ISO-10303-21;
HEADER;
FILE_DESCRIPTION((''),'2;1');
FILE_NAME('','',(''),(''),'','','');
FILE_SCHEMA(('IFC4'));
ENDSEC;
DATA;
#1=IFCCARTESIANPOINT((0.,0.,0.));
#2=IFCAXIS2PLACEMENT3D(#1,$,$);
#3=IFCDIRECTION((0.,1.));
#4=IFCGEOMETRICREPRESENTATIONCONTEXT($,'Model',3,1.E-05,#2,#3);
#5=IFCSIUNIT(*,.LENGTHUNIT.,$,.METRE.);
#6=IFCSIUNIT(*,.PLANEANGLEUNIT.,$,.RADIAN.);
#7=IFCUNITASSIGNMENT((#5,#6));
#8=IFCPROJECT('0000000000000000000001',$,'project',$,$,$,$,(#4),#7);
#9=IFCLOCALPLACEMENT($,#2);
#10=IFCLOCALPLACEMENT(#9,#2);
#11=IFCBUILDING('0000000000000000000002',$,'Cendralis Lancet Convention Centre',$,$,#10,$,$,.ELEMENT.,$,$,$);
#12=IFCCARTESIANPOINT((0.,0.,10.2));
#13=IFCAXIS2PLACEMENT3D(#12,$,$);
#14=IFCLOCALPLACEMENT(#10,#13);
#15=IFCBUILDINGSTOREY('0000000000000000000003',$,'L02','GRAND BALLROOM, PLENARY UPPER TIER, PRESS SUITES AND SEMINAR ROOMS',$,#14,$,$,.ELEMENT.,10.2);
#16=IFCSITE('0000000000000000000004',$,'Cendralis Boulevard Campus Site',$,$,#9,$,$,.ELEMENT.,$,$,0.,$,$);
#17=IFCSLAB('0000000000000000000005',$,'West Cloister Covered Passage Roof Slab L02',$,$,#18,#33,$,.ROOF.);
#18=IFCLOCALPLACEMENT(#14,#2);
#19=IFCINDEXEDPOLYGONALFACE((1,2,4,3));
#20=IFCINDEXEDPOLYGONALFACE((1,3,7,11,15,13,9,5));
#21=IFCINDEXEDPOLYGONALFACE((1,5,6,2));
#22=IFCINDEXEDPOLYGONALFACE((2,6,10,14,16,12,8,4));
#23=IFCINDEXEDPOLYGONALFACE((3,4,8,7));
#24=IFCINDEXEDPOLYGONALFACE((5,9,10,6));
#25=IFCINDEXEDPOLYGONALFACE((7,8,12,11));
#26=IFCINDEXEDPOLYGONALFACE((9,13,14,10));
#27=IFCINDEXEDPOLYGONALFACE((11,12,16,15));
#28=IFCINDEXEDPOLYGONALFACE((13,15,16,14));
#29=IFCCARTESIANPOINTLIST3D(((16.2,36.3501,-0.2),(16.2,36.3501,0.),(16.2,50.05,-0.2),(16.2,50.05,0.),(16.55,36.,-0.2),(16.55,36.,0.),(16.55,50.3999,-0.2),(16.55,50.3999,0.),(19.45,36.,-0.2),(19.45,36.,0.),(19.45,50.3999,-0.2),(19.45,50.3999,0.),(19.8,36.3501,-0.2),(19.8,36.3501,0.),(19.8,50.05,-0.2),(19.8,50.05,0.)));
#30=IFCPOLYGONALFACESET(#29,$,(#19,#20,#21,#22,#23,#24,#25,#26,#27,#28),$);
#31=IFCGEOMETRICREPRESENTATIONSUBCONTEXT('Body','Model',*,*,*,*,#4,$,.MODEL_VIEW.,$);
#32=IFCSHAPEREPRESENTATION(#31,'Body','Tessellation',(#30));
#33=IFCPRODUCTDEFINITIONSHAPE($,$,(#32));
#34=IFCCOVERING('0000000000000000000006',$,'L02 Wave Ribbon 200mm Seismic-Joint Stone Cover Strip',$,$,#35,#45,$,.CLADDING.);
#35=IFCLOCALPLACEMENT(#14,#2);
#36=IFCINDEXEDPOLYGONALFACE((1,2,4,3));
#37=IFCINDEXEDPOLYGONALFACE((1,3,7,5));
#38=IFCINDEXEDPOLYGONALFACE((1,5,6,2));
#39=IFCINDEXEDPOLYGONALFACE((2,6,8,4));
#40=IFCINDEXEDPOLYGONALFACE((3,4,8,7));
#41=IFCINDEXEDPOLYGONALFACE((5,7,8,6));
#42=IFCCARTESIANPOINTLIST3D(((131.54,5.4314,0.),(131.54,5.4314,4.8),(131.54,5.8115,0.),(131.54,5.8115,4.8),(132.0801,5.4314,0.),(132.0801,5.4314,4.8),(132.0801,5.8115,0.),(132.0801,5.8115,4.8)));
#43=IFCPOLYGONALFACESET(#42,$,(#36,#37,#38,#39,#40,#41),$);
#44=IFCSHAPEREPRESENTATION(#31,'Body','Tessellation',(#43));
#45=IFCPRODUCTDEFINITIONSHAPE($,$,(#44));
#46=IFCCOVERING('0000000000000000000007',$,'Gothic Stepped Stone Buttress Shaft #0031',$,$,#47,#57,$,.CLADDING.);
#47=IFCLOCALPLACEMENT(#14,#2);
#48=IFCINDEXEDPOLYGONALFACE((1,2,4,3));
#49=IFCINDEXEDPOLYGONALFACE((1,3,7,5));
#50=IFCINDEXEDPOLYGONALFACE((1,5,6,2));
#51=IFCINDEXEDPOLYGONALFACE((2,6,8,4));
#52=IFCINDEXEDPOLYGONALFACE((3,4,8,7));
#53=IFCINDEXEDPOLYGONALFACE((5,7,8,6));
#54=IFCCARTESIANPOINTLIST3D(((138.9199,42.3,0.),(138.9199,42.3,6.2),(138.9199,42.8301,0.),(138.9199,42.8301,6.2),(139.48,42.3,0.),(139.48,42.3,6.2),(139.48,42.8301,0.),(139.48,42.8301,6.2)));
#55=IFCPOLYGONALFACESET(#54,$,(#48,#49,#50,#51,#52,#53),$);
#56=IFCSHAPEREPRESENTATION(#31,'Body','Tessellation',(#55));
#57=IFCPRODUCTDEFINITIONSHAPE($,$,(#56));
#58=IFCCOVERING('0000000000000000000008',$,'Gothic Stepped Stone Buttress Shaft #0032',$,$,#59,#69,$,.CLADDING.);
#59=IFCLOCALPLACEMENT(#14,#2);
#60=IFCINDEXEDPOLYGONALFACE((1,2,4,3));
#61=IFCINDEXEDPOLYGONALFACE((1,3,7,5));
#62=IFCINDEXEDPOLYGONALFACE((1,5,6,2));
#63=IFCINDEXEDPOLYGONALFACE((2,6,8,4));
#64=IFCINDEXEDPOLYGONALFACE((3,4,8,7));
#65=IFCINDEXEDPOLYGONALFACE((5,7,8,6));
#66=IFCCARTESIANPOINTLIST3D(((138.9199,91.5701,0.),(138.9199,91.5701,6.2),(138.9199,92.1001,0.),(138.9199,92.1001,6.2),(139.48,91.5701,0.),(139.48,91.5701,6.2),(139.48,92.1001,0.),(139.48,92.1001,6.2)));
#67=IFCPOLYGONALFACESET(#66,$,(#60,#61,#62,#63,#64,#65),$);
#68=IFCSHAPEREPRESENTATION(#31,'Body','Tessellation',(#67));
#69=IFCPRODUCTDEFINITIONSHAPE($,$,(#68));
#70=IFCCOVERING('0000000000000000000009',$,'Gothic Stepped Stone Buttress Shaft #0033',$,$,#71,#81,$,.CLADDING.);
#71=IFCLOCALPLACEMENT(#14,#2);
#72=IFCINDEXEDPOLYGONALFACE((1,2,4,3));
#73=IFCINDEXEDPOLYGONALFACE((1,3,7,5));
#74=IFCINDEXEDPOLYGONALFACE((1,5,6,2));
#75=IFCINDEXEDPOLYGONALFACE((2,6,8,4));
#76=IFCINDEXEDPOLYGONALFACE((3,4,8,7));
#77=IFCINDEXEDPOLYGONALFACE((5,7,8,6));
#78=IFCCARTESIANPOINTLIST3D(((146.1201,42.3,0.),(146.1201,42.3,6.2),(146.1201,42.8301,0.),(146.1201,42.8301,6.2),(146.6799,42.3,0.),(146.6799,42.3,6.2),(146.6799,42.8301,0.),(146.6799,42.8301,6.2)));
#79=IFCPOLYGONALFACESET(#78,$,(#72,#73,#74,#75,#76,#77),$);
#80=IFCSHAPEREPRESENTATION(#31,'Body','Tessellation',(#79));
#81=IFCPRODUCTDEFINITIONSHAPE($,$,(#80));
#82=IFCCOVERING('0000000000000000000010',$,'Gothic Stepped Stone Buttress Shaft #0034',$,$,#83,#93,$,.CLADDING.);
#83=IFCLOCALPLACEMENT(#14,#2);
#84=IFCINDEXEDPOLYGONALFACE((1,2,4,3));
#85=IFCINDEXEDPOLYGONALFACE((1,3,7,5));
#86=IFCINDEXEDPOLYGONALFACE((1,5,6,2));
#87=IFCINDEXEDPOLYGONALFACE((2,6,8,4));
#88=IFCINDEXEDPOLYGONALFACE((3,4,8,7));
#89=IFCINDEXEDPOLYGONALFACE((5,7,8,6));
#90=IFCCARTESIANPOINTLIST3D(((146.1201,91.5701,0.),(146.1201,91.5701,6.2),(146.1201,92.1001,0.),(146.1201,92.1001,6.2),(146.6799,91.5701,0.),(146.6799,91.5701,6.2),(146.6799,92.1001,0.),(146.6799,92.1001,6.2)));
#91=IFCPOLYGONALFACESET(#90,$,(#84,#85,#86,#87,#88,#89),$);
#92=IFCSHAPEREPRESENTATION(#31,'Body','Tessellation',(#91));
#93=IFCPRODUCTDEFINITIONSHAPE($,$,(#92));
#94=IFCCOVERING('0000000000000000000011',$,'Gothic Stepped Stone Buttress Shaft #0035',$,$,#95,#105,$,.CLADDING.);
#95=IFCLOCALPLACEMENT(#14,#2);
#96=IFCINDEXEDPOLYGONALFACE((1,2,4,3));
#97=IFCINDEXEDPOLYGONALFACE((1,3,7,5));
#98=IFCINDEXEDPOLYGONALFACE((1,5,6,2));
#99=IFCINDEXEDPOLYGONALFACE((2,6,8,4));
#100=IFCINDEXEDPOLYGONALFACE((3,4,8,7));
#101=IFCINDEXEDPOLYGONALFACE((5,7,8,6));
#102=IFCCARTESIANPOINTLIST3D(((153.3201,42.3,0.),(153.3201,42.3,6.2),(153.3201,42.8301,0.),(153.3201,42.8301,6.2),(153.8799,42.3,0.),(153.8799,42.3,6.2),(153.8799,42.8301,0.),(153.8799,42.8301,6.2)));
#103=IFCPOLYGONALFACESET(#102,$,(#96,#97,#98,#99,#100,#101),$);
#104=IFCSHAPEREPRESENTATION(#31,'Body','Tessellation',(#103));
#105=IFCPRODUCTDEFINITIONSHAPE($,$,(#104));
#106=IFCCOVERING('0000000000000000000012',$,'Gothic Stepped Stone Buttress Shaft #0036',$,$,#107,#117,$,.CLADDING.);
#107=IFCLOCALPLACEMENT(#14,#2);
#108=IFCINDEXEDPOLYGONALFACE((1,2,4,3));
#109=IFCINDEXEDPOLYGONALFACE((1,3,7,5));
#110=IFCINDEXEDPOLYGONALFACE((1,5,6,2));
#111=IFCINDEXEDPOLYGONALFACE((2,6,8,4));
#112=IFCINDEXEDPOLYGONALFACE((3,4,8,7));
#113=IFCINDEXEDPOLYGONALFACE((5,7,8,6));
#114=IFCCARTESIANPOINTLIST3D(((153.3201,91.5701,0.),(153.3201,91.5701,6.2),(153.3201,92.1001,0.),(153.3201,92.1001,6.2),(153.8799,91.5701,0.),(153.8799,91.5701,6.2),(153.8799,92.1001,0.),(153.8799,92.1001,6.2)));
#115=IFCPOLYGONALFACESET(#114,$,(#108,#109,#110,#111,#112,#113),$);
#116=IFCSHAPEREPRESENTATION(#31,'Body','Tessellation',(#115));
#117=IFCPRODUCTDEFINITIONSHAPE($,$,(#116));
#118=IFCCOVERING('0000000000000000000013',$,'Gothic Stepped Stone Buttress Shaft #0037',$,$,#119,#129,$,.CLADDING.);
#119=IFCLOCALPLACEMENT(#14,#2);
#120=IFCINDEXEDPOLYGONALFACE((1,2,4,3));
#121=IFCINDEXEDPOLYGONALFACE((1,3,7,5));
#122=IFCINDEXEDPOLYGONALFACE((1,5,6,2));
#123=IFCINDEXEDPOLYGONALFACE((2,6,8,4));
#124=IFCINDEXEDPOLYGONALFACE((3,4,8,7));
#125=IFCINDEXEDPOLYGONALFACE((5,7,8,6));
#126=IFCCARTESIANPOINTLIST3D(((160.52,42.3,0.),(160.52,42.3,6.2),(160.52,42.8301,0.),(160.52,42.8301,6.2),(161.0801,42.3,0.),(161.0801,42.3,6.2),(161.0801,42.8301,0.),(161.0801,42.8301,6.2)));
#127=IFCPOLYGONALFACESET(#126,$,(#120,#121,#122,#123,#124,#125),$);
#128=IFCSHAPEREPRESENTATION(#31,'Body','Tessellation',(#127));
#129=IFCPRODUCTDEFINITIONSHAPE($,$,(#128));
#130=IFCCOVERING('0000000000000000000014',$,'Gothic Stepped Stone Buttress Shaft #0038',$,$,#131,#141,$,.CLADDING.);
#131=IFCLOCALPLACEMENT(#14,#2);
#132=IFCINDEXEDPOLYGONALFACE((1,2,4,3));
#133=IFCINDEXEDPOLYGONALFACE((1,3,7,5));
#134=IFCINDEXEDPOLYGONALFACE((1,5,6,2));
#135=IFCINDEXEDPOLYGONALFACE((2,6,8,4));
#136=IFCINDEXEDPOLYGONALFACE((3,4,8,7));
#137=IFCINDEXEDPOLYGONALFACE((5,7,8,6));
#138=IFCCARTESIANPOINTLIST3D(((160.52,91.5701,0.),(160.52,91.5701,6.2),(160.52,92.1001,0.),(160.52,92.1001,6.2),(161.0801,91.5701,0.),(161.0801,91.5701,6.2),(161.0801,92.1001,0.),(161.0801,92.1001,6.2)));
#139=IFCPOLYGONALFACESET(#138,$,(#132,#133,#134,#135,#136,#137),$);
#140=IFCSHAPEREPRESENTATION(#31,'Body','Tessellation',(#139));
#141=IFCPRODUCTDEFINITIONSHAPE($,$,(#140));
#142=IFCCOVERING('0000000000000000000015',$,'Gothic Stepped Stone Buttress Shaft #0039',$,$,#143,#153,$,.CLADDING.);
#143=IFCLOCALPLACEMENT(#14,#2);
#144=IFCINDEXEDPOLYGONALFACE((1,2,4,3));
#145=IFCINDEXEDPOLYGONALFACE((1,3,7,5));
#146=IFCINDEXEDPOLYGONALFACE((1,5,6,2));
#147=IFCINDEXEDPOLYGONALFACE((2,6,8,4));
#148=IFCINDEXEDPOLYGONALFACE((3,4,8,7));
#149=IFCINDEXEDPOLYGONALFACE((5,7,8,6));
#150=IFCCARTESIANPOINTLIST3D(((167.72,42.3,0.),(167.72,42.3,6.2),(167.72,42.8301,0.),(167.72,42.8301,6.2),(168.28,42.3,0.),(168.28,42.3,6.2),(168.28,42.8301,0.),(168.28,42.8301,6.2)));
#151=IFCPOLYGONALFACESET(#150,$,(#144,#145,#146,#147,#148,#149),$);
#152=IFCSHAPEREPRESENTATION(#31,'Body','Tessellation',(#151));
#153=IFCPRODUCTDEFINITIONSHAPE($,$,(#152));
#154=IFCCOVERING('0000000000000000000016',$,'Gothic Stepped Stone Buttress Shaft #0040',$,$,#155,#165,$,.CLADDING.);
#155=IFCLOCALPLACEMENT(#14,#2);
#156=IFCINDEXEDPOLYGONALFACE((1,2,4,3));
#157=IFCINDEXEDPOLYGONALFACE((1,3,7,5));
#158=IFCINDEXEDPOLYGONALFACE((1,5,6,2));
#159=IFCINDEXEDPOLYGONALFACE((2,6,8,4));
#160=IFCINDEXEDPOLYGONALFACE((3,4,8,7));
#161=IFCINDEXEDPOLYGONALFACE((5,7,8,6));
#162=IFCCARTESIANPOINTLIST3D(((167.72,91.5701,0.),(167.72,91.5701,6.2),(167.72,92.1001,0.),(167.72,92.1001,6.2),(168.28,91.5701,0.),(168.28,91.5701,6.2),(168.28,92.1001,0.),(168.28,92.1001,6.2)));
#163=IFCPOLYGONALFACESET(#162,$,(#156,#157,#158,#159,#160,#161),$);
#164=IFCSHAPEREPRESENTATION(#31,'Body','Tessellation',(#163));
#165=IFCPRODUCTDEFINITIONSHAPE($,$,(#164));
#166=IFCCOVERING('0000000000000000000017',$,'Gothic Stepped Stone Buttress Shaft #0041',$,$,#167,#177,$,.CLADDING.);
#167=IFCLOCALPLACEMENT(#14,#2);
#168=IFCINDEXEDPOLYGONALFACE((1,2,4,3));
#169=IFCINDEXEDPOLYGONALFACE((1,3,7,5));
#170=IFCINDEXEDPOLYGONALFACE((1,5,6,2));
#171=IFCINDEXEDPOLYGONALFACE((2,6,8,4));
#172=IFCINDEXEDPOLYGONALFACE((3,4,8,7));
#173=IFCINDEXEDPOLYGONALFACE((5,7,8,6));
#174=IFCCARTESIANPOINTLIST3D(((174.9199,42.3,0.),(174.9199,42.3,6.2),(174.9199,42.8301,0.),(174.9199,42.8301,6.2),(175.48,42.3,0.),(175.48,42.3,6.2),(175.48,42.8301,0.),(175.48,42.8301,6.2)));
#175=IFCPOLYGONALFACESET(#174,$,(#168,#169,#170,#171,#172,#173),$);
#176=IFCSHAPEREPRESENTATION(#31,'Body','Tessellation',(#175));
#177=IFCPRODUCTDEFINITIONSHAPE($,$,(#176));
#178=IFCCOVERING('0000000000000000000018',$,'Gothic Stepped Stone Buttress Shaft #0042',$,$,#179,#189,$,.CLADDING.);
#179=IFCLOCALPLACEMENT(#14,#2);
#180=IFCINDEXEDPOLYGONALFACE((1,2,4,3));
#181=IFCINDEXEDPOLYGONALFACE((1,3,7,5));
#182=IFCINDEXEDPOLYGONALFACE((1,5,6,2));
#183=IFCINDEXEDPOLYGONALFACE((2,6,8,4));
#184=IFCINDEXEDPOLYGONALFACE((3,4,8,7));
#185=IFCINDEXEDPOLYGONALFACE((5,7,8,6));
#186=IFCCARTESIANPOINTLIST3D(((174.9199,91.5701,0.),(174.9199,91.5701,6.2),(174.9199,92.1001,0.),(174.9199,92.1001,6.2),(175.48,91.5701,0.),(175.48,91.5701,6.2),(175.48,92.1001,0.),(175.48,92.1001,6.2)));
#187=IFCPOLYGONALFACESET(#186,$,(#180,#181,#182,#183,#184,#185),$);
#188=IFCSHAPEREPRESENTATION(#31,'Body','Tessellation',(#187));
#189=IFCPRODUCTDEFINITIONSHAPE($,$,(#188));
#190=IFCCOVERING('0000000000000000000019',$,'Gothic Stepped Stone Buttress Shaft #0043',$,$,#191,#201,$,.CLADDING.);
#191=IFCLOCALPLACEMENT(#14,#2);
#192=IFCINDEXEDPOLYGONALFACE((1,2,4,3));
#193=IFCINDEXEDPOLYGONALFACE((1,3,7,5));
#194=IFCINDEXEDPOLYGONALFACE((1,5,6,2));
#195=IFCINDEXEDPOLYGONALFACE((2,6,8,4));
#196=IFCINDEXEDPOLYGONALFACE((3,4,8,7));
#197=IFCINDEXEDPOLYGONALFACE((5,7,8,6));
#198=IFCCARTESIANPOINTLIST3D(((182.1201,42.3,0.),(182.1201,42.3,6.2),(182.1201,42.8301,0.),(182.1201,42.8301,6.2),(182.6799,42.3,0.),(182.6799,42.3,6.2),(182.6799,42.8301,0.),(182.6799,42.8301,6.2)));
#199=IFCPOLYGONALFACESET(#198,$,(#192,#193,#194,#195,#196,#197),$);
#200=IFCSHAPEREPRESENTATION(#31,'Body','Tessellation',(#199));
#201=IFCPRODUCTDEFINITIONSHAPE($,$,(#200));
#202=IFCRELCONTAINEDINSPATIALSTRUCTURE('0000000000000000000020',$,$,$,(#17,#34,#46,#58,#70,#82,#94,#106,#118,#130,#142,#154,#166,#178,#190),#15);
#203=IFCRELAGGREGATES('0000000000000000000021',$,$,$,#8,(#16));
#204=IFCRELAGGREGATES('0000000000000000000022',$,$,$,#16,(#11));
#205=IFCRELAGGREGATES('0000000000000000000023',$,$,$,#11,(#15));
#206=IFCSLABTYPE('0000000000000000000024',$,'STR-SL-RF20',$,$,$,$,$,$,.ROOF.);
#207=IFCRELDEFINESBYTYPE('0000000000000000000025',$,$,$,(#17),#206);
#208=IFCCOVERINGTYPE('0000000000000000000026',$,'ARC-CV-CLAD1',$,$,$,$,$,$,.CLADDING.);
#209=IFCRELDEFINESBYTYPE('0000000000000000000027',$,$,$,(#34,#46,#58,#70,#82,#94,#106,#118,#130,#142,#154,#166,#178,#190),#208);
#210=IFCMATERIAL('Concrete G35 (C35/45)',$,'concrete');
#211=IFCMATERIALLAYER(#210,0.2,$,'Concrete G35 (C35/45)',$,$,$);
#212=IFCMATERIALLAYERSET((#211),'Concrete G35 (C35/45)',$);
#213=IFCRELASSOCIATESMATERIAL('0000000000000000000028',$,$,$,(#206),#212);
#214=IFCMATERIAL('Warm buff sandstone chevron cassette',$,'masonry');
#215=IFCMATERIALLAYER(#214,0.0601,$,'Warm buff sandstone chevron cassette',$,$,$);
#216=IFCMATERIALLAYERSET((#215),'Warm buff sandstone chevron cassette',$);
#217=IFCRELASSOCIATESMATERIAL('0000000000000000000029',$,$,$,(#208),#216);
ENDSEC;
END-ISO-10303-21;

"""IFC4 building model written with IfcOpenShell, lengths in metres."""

from ifc_helpers import new_model, si_unit, direction, frame, origin, place, context, subcontext, project, spatial, polyline, outline, extrude, material, layer, layer_set, type_object, element, save


model = new_model("IFC4")

# Units and contexts
model_context = context("Model", 3, precision=1e-05, world=origin(), true_north=direction((0.0, 1.0)))
body_context = subcontext(model_context, "Body", "Model", "MODEL_VIEW")
ifc_project = project(units=[si_unit("LENGTHUNIT", "METRE"), si_unit("PLANEANGLEUNIT", "RADIAN")], contexts=[model_context])

# Site, building, storey
site_placement = place(None, origin())
site = spatial("IfcSite", under=ifc_project, at=site_placement, Name="Cendralis Boulevard Campus Site", CompositionType="ELEMENT", RefElevation=0.0)
building_placement = place(site_placement, origin())
building = spatial("IfcBuilding", under=site, at=building_placement, Name="Cendralis Lancet Convention Centre", CompositionType="ELEMENT")
storey_placement = place(building_placement, frame((0.0, 0.0, 10.2)))
storey = spatial("IfcBuildingStorey", under=building, at=storey_placement, Name="L02", Description="GRAND BALLROOM, PLENARY UPPER TIER, PRESS SUITES AND SEMINAR ROOMS", CompositionType="ELEMENT", Elevation=10.2)

# Slab
ifc_material_1 = material(Name="Concrete G35 (C35/45)", Category="concrete")
ifc_layer_1 = layer(ifc_material_1, 0.2, Name="Concrete G35 (C35/45)")
ifc_layer_set_1 = layer_set([ifc_layer_1], Name="Concrete G35 (C35/45)")
slab_type_1 = type_object("IfcSlabType", Name="STR-SL-RF20", PredefinedType="ROOF", material=ifc_layer_set_1)
slab_1_placement = place(storey_placement, frame((0.0, 0.0, -0.2)))
element("IfcSlab", 1, at=slab_1_placement, inside=storey, type_object=slab_type_1, Name="West Cloister Covered Passage Roof Slab L02", PredefinedType="ROOF", context=body_context, shape_type="SweptSolid", body=[
    extrude(outline(polyline([(16.55, 36.0), (19.45, 36.0), (19.8, 36.3501), (19.8, 50.05), (19.45, 50.3999), (16.55, 50.3999), (16.2, 50.05), (16.2, 36.3501), (16.55, 36.0)])), origin(), (0.0, 0.0, 1.0), 0.2),
])

# Coverings
ifc_material_2 = material(Name="Warm buff sandstone chevron cassette", Category="masonry")
ifc_layer_2 = layer(ifc_material_2, 0.0601, Name="Warm buff sandstone chevron cassette")
ifc_layer_set_2 = layer_set([ifc_layer_2], Name="Warm buff sandstone chevron cassette")
covering_type = type_object("IfcCoveringType", Name="ARC-CV-CLAD1", PredefinedType="CLADDING", material=ifc_layer_set_2)
covering_1_placement = place(storey_placement, origin())
element("IfcCovering", 2, at=covering_1_placement, inside=storey, type_object=covering_type, Name="L02 Wave Ribbon 200mm Seismic-Joint Stone Cover Strip", PredefinedType="CLADDING", context=body_context, shape_type="SweptSolid", body=[
    extrude(outline(polyline([(131.54, 5.4314), (132.0801, 5.4314), (132.0801, 5.8115), (131.54, 5.8115), (131.54, 5.4314)])), origin(), (0.0, 0.0, 1.0), 4.8),
])
covering_2_placement = place(storey_placement, origin())
element("IfcCovering", 3, at=covering_2_placement, inside=storey, type_object=covering_type, Name="Gothic Stepped Stone Buttress Shaft #0031", PredefinedType="CLADDING", context=body_context, shape_type="SweptSolid", body=[
    extrude(outline(polyline([(138.9199, 42.3), (139.48, 42.3), (139.48, 42.8301), (138.9199, 42.8301), (138.9199, 42.3)])), origin(), (0.0, 0.0, 1.0), 6.2),
])
covering_3_placement = place(storey_placement, origin())
element("IfcCovering", 4, at=covering_3_placement, inside=storey, type_object=covering_type, Name="Gothic Stepped Stone Buttress Shaft #0032", PredefinedType="CLADDING", context=body_context, shape_type="SweptSolid", body=[
    extrude(outline(polyline([(139.48, 92.1001), (138.9199, 92.1001), (138.9199, 91.5701), (139.48, 91.5701), (139.48, 92.1001)])), origin(), (0.0, 0.0, 1.0), 6.2),
])
covering_4_placement = place(storey_placement, origin())
element("IfcCovering", 5, at=covering_4_placement, inside=storey, type_object=covering_type, Name="Gothic Stepped Stone Buttress Shaft #0033", PredefinedType="CLADDING", context=body_context, shape_type="SweptSolid", body=[
    extrude(outline(polyline([(146.1201, 42.3), (146.6799, 42.3), (146.6799, 42.8301), (146.1201, 42.8301), (146.1201, 42.3)])), origin(), (0.0, 0.0, 1.0), 6.2),
])
covering_5_placement = place(storey_placement, origin())
element("IfcCovering", 6, at=covering_5_placement, inside=storey, type_object=covering_type, Name="Gothic Stepped Stone Buttress Shaft #0034", PredefinedType="CLADDING", context=body_context, shape_type="SweptSolid", body=[
    extrude(outline(polyline([(146.6799, 92.1001), (146.1201, 92.1001), (146.1201, 91.5701), (146.6799, 91.5701), (146.6799, 92.1001)])), origin(), (0.0, 0.0, 1.0), 6.2),
])
covering_6_placement = place(storey_placement, origin())
element("IfcCovering", 7, at=covering_6_placement, inside=storey, type_object=covering_type, Name="Gothic Stepped Stone Buttress Shaft #0035", PredefinedType="CLADDING", context=body_context, shape_type="SweptSolid", body=[
    extrude(outline(polyline([(153.3201, 42.3), (153.8799, 42.3), (153.8799, 42.8301), (153.3201, 42.8301), (153.3201, 42.3)])), origin(), (0.0, 0.0, 1.0), 6.2),
])
covering_7_placement = place(storey_placement, origin())
element("IfcCovering", 8, at=covering_7_placement, inside=storey, type_object=covering_type, Name="Gothic Stepped Stone Buttress Shaft #0036", PredefinedType="CLADDING", context=body_context, shape_type="SweptSolid", body=[
    extrude(outline(polyline([(153.8799, 92.1001), (153.3201, 92.1001), (153.3201, 91.5701), (153.8799, 91.5701), (153.8799, 92.1001)])), origin(), (0.0, 0.0, 1.0), 6.2),
])
covering_8_placement = place(storey_placement, origin())
element("IfcCovering", 9, at=covering_8_placement, inside=storey, type_object=covering_type, Name="Gothic Stepped Stone Buttress Shaft #0037", PredefinedType="CLADDING", context=body_context, shape_type="SweptSolid", body=[
    extrude(outline(polyline([(160.52, 42.3), (161.0801, 42.3), (161.0801, 42.8301), (160.52, 42.8301), (160.52, 42.3)])), origin(), (0.0, 0.0, 1.0), 6.2),
])
covering_9_placement = place(storey_placement, origin())
element("IfcCovering", 10, at=covering_9_placement, inside=storey, type_object=covering_type, Name="Gothic Stepped Stone Buttress Shaft #0038", PredefinedType="CLADDING", context=body_context, shape_type="SweptSolid", body=[
    extrude(outline(polyline([(161.0801, 92.1001), (160.52, 92.1001), (160.52, 91.5701), (161.0801, 91.5701), (161.0801, 92.1001)])), origin(), (0.0, 0.0, 1.0), 6.2),
])
covering_10_placement = place(storey_placement, origin())
element("IfcCovering", 11, at=covering_10_placement, inside=storey, type_object=covering_type, Name="Gothic Stepped Stone Buttress Shaft #0039", PredefinedType="CLADDING", context=body_context, shape_type="SweptSolid", body=[
    extrude(outline(polyline([(167.72, 42.3), (168.28, 42.3), (168.28, 42.8301), (167.72, 42.8301), (167.72, 42.3)])), origin(), (0.0, 0.0, 1.0), 6.2),
])
covering_11_placement = place(storey_placement, origin())
element("IfcCovering", 12, at=covering_11_placement, inside=storey, type_object=covering_type, Name="Gothic Stepped Stone Buttress Shaft #0040", PredefinedType="CLADDING", context=body_context, shape_type="SweptSolid", body=[
    extrude(outline(polyline([(168.28, 92.1001), (167.72, 92.1001), (167.72, 91.5701), (168.28, 91.5701), (168.28, 92.1001)])), origin(), (0.0, 0.0, 1.0), 6.2),
])
covering_12_placement = place(storey_placement, origin())
element("IfcCovering", 13, at=covering_12_placement, inside=storey, type_object=covering_type, Name="Gothic Stepped Stone Buttress Shaft #0041", PredefinedType="CLADDING", context=body_context, shape_type="SweptSolid", body=[
    extrude(outline(polyline([(174.9199, 42.3), (175.48, 42.3), (175.48, 42.8301), (174.9199, 42.8301), (174.9199, 42.3)])), origin(), (0.0, 0.0, 1.0), 6.2),
])
covering_13_placement = place(storey_placement, origin())
element("IfcCovering", 14, at=covering_13_placement, inside=storey, type_object=covering_type, Name="Gothic Stepped Stone Buttress Shaft #0042", PredefinedType="CLADDING", context=body_context, shape_type="SweptSolid", body=[
    extrude(outline(polyline([(175.48, 92.1001), (174.9199, 92.1001), (174.9199, 91.5701), (175.48, 91.5701), (175.48, 92.1001)])), origin(), (0.0, 0.0, 1.0), 6.2),
])
covering_14_placement = place(storey_placement, origin())
element("IfcCovering", 15, at=covering_14_placement, inside=storey, type_object=covering_type, Name="Gothic Stepped Stone Buttress Shaft #0043", PredefinedType="CLADDING", context=body_context, shape_type="SweptSolid", body=[
    extrude(outline(polyline([(182.1201, 42.3), (182.6799, 42.3), (182.6799, 42.8301), (182.1201, 42.8301), (182.1201, 42.3)])), origin(), (0.0, 0.0, 1.0), 6.2),
])

save(model, "model.ifc")
